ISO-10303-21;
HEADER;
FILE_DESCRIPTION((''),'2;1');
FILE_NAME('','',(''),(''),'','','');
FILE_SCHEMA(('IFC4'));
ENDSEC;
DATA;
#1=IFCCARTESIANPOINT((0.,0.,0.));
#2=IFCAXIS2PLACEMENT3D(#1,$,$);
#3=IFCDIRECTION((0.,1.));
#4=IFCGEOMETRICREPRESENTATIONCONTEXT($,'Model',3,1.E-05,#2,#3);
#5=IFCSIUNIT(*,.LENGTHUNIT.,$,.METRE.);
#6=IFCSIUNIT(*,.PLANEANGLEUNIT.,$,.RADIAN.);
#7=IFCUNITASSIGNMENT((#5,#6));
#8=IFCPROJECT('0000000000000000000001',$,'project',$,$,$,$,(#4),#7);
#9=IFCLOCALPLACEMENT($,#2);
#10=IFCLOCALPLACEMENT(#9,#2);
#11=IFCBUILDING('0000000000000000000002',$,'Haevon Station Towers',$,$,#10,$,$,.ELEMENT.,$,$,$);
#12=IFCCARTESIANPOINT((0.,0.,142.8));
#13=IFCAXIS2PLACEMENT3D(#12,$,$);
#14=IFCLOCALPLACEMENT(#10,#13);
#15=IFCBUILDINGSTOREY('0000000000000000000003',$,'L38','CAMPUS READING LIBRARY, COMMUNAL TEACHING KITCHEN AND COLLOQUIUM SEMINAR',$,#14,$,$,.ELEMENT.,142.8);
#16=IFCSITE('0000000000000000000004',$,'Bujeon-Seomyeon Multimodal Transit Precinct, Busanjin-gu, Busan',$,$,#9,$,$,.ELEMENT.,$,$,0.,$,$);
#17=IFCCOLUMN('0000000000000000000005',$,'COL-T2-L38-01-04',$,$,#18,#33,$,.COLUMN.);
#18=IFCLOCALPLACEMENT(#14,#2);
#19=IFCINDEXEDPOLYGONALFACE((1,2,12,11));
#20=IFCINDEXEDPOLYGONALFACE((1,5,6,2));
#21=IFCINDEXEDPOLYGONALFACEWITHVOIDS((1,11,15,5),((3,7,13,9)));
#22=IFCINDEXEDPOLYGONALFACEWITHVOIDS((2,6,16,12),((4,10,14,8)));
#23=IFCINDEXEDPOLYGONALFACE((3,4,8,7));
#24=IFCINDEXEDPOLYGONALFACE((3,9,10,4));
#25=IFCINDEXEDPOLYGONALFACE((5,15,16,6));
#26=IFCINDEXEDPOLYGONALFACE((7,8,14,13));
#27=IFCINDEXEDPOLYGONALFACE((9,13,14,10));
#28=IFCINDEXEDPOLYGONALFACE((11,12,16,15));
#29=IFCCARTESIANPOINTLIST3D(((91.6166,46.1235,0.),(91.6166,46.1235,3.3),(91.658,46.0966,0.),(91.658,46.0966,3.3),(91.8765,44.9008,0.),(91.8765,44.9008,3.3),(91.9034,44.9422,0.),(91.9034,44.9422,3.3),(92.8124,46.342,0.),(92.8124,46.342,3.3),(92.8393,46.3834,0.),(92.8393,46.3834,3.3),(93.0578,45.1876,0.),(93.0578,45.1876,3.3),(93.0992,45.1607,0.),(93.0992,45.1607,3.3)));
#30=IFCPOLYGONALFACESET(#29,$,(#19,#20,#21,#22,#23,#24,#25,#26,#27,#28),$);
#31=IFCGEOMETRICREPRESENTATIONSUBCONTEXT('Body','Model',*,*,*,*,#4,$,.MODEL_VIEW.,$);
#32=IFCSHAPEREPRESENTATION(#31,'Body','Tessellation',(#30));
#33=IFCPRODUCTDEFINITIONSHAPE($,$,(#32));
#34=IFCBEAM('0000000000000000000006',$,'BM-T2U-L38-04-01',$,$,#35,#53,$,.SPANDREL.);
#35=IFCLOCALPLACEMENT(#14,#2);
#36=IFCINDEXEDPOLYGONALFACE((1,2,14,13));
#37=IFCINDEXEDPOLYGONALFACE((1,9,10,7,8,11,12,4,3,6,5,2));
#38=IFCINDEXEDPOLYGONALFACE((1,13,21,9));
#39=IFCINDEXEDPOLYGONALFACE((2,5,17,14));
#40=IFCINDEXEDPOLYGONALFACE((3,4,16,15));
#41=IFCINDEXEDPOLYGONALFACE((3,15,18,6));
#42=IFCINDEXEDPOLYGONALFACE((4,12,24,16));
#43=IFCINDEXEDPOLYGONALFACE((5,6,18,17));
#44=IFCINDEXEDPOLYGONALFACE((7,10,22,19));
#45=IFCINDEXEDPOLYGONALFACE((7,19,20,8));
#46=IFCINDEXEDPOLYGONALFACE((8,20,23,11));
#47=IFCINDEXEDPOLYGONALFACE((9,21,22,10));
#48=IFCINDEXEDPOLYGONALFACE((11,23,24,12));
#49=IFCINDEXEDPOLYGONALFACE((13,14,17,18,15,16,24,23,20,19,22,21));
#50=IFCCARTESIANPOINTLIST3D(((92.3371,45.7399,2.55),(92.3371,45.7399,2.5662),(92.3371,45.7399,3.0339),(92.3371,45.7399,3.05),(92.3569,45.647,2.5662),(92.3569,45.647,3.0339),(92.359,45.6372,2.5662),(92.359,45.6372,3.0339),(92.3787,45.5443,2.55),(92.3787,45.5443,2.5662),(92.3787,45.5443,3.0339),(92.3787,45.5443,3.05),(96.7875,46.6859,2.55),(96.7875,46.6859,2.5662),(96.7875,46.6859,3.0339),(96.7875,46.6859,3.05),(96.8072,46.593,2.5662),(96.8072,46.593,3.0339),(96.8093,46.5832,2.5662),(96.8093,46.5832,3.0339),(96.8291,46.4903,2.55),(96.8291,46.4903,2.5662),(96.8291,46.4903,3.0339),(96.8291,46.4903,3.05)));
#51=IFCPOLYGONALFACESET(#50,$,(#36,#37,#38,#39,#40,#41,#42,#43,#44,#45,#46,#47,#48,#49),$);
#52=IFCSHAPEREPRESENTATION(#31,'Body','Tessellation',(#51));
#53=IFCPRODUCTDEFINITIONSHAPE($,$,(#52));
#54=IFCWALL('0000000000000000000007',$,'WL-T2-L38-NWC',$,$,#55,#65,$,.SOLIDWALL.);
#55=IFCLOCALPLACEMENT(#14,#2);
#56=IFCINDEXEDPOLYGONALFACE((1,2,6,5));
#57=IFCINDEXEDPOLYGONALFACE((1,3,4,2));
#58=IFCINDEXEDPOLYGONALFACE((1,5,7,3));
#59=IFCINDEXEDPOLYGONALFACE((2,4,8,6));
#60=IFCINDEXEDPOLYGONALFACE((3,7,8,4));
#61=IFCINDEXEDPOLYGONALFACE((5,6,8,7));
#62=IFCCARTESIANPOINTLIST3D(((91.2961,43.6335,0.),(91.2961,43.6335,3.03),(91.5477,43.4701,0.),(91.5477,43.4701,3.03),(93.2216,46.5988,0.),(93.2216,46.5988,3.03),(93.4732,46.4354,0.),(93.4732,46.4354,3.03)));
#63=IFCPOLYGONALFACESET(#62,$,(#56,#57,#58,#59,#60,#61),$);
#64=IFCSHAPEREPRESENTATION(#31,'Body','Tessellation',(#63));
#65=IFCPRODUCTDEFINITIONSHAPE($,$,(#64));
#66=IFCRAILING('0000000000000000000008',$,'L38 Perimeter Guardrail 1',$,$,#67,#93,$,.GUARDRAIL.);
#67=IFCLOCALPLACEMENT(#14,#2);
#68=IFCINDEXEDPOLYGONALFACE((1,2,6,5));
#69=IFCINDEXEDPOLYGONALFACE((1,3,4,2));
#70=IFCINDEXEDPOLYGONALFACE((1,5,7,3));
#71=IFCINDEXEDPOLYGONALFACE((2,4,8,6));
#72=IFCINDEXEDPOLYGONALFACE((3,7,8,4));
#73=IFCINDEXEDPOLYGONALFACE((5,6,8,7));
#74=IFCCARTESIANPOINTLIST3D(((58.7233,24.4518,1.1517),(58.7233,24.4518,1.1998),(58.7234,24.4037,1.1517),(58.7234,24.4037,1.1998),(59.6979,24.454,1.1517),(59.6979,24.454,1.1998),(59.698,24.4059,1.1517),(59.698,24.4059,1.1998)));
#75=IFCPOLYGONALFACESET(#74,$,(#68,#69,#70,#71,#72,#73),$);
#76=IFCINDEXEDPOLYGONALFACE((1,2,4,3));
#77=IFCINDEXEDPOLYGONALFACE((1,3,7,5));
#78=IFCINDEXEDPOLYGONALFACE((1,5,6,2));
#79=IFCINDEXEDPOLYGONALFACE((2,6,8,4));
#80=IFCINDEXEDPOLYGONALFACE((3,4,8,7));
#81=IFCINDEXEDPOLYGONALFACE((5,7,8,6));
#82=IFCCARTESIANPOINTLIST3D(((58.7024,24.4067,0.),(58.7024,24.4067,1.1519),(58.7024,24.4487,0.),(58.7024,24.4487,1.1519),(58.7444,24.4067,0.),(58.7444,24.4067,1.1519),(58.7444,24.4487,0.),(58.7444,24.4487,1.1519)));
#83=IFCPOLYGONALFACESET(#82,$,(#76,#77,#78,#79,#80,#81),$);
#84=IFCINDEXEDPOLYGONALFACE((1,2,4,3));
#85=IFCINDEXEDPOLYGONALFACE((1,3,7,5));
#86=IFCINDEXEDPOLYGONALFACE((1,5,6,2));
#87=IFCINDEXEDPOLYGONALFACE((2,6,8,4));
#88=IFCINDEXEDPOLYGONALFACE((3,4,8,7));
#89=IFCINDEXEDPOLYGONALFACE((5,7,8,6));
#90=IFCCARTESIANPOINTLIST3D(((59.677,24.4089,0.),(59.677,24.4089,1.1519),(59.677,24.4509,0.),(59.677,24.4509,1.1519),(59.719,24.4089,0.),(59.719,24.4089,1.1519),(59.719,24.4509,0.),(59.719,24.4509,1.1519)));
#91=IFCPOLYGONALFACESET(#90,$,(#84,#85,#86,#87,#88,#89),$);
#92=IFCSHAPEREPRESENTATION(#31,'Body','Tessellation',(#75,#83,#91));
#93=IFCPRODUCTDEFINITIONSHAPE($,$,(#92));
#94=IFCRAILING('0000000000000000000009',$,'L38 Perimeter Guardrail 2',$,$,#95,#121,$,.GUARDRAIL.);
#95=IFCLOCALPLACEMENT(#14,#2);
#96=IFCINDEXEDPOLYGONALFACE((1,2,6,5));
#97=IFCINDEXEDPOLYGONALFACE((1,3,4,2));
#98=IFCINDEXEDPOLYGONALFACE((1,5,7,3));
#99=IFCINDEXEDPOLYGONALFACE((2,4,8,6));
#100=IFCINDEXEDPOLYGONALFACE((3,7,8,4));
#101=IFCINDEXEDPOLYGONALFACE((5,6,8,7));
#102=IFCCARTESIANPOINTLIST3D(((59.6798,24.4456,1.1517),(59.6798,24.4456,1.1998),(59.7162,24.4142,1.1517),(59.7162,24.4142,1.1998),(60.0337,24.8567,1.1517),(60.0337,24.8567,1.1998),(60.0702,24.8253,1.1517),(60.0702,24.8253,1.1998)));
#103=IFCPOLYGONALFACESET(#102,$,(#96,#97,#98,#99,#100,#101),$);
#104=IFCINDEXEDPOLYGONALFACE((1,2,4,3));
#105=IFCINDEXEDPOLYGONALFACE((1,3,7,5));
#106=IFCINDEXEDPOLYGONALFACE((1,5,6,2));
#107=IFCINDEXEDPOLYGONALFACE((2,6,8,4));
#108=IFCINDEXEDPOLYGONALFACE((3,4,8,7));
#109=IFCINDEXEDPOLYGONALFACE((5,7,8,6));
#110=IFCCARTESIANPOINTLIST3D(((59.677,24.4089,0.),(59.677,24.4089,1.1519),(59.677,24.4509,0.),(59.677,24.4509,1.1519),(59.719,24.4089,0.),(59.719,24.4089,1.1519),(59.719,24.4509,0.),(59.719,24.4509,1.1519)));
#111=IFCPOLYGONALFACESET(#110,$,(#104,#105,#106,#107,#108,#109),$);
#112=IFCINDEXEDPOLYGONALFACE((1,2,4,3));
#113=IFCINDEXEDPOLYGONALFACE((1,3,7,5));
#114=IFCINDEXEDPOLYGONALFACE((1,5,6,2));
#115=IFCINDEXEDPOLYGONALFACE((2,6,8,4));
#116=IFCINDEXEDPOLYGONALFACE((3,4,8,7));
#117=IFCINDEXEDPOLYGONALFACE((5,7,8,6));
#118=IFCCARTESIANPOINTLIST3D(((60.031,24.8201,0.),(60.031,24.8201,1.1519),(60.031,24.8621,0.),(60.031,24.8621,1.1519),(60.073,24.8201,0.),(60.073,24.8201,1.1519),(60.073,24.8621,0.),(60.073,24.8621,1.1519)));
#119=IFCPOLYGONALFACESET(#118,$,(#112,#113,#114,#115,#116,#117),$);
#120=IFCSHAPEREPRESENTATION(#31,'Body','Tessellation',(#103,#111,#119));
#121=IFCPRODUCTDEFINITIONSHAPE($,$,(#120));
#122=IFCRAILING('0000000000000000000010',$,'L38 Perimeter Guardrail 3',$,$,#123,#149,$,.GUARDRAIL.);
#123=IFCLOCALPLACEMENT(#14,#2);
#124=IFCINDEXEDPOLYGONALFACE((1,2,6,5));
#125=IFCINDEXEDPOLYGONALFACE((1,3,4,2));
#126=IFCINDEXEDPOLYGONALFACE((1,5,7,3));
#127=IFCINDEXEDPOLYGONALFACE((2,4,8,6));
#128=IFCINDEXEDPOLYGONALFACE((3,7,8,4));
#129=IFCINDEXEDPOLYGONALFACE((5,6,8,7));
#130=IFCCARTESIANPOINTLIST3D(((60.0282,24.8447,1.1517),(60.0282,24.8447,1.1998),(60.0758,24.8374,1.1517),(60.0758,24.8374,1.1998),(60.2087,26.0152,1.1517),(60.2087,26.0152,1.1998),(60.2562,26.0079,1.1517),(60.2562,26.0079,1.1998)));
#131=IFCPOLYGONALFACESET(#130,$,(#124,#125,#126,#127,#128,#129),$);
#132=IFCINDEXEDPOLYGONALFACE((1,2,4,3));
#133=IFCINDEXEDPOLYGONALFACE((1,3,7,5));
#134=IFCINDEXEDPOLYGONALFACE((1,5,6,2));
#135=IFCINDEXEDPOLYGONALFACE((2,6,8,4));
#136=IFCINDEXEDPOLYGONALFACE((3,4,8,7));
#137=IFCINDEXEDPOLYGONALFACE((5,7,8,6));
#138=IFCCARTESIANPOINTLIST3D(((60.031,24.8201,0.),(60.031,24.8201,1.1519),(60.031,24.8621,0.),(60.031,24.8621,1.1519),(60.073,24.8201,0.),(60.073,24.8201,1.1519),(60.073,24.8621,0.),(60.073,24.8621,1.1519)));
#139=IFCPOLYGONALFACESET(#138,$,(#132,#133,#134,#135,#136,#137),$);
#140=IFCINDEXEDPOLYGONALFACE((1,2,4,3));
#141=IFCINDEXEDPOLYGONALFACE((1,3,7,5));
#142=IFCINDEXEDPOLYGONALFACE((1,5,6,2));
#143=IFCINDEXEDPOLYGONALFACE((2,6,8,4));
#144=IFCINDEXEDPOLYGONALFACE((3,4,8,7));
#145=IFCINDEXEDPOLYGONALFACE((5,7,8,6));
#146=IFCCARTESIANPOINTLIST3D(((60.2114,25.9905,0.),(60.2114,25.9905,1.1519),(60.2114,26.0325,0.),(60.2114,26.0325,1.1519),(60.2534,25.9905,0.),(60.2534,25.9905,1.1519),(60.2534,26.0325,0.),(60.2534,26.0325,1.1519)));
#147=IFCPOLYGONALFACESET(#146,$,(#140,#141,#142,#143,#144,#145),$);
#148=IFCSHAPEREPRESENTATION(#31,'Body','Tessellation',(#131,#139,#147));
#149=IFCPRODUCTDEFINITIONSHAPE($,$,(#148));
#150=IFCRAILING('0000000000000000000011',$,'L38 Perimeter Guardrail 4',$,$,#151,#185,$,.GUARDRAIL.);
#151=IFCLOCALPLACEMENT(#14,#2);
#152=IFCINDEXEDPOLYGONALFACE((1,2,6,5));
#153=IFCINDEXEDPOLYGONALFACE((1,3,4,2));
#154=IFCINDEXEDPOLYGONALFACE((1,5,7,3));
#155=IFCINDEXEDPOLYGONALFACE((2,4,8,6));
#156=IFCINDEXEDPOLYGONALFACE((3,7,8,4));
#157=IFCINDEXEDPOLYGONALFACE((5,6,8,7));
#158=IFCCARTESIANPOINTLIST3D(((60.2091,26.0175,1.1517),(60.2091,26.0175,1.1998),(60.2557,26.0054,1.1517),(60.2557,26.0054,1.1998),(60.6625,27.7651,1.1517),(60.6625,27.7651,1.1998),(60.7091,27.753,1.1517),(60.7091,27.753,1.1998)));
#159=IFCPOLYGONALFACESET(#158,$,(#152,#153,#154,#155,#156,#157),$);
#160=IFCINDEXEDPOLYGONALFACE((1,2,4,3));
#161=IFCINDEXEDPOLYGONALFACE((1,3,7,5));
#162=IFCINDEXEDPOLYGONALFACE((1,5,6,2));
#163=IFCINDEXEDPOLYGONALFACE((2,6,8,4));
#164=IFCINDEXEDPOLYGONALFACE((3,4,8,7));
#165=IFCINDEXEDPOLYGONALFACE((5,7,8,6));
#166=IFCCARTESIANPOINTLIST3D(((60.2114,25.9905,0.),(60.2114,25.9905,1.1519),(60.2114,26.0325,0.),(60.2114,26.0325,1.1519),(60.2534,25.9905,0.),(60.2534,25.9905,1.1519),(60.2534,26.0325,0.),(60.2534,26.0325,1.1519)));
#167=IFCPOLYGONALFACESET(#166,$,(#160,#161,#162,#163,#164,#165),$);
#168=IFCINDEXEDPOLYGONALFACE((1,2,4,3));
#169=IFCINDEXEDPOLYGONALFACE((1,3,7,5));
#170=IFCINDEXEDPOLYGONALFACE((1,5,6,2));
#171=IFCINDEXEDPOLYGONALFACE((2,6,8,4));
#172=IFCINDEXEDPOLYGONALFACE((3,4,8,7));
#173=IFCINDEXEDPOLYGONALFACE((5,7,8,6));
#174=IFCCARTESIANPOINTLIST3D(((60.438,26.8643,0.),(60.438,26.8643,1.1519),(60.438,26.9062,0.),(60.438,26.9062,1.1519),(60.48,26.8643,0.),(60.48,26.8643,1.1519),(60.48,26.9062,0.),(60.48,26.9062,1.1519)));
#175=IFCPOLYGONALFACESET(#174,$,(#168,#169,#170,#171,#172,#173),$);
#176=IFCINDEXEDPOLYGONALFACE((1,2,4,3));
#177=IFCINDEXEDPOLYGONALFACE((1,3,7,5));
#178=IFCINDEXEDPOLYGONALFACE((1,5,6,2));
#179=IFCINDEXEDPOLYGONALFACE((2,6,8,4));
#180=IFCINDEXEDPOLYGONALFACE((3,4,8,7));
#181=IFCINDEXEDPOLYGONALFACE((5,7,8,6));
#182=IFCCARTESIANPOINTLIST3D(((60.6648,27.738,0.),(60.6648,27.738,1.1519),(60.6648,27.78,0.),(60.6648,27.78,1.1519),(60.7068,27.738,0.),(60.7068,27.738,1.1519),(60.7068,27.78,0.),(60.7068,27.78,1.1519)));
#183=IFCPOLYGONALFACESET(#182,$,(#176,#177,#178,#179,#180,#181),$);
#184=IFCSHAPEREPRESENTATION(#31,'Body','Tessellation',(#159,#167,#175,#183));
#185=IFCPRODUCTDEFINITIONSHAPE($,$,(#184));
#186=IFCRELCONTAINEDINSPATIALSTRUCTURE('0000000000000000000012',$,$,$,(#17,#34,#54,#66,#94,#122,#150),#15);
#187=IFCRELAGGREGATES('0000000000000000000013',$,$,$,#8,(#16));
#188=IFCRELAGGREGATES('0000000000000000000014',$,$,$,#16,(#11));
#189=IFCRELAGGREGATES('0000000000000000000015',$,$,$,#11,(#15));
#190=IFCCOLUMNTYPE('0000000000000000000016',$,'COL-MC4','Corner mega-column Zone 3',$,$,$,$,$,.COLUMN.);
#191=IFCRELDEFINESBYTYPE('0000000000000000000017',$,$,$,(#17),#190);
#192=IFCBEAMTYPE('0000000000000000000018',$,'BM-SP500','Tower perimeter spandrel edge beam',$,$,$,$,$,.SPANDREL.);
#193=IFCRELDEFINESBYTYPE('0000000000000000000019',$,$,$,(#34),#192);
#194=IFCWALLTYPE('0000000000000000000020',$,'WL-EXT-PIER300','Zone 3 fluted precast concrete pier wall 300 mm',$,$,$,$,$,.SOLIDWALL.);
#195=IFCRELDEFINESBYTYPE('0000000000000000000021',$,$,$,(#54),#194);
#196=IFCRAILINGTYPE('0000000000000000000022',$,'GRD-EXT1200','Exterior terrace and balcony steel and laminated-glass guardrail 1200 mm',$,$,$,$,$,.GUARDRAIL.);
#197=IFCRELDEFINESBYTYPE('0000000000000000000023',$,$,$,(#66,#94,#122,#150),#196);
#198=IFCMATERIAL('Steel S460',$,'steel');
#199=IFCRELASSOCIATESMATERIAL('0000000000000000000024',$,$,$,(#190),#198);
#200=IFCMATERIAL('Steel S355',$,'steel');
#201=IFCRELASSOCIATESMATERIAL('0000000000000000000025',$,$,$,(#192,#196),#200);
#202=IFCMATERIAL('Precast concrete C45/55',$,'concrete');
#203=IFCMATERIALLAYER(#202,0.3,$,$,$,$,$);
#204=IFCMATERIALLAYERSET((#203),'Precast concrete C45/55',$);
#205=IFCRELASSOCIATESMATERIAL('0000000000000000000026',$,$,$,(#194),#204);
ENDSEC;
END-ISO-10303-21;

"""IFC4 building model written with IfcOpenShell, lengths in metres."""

from ifc_helpers import new_model, si_unit, direction, frame, frame_2d, origin, origin_2d, place, context, subcontext, project, spatial, rectangle, hollow_rectangle, i_section, extrude, material, layer, layer_set, material_profile, profile_set, type_object, element, save


model = new_model("IFC4")

# Units and contexts
model_context = context("Model", 3, precision=1e-05, world=origin(), true_north=direction((0.0, 1.0)))
body_context = subcontext(model_context, "Body", "Model", "MODEL_VIEW")
ifc_project = project(units=[si_unit("LENGTHUNIT", "METRE"), si_unit("PLANEANGLEUNIT", "RADIAN")], contexts=[model_context])

# Site, building, storey
site_placement = place(None, origin())
site = spatial("IfcSite", under=ifc_project, at=site_placement, Name="Bujeon-Seomyeon Multimodal Transit Precinct, Busanjin-gu, Busan", CompositionType="ELEMENT", RefElevation=0.0)
building_placement = place(site_placement, origin())
building = spatial("IfcBuilding", under=site, at=building_placement, Name="Haevon Station Towers", CompositionType="ELEMENT")
storey_placement = place(building_placement, frame((0.0, 0.0, 142.8)))
storey = spatial("IfcBuildingStorey", under=building, at=storey_placement, Name="L38", Description="CAMPUS READING LIBRARY, COMMUNAL TEACHING KITCHEN AND COLLOQUIUM SEMINAR", CompositionType="ELEMENT", Elevation=142.8)

# Column
ifc_material_1 = material(Name="Steel S460", Category="steel")
ifc_material_profile_1 = material_profile(ifc_material_1, hollow_rectangle(XDim=1.25, YDim=1.25, WallThickness=0.0349, at=origin_2d()), Name="BOX-1250x1250x35")
ifc_profile_set_1 = profile_set([ifc_material_profile_1], Name="Steel S460")
column_type = type_object("IfcColumnType", Name="COL-MC4", Description="Corner mega-column Zone 3", PredefinedType="COLUMN", material=ifc_profile_set_1)
column_placement = place(storey_placement, frame((92.3579, 45.6421, 0.0), z_axis=(0.0, 0.0, 1.0), x_axis=(0.978148, 0.207912, 0.0)))
element("IfcColumn", 1, at=column_placement, inside=storey, type_object=column_type, Name="COL-T2-L38-01-04", PredefinedType="COLUMN", context=body_context, shape_type="SweptSolid", body=[
    extrude(hollow_rectangle(XDim=1.25, YDim=1.25, WallThickness=0.0349, at=origin_2d()), origin(), (0.0, 0.0, 1.0), 3.3),
])

# Beam
ifc_material_2 = material(Name="Steel S355", Category="steel")
ifc_material_profile_2 = material_profile(ifc_material_2, i_section(OverallWidth=0.2, OverallDepth=0.5, WebThickness=0.01, FlangeThickness=0.0161, at=origin_2d()), Name="H-500x200x10x16")
ifc_profile_set_2 = profile_set([ifc_material_profile_2], Name="Steel S355")
beam_type = type_object("IfcBeamType", Name="BM-SP500", Description="Tower perimeter spandrel edge beam", PredefinedType="SPANDREL", material=ifc_profile_set_2)
beam_placement = place(storey_placement, frame((92.3579, 45.6421, 2.8), z_axis=(0.978144, 0.207927, 0.0), x_axis=(-0.207927, 0.978144, 0.0)))
element("IfcBeam", 2, at=beam_placement, inside=storey, type_object=beam_type, Name="BM-T2U-L38-04-01", PredefinedType="SPANDREL", context=body_context, shape_type="SweptSolid", body=[
    extrude(i_section(OverallWidth=0.2, OverallDepth=0.5, WebThickness=0.01, FlangeThickness=0.0161, at=origin_2d()), origin(), (0.0, 0.0, 1.0), 4.5498),
])

# Wall
ifc_material_3 = material(Name="Precast concrete C45/55", Category="concrete")
ifc_layer_1 = layer(ifc_material_3, 0.3)
ifc_layer_set_1 = layer_set([ifc_layer_1], Name="Precast concrete C45/55")
wall_type = type_object("IfcWallType", Name="WL-EXT-PIER300", Description="Zone 3 fluted precast concrete pier wall 300 mm", PredefinedType="SOLIDWALL", material=ifc_layer_set_1)
wall_placement = place(storey_placement, frame((91.4219, 43.5518, 0.0), z_axis=(0.0, 0.0, 1.0), x_axis=(0.544605, 0.838693, 0.0)))
element("IfcWall", 3, at=wall_placement, inside=storey, type_object=wall_type, Name="WL-T2-L38-NWC", PredefinedType="SOLIDWALL", context=body_context, shape_type="SweptSolid", body=[
    extrude(rectangle(XDim=3.5356, YDim=0.3, at=frame_2d((1.7678, 0.0))), origin(), (0.0, 0.0, 1.0), 3.03),
])

# Railings
railing_type = type_object("IfcRailingType", Name="GRD-EXT1200", Description="Exterior terrace and balcony steel and laminated-glass guardrail 1200 mm", PredefinedType="GUARDRAIL", material=ifc_material_2)
railing_1_placement = place(storey_placement, frame((58.7234, 24.4277, 0.0)))
element("IfcRailing", 4, at=railing_1_placement, inside=storey, type_object=railing_type, Name="L38 Perimeter Guardrail 1", PredefinedType="GUARDRAIL", context=body_context, shape_type="SweptSolid", body=[
    extrude(rectangle(XDim=0.0481, YDim=0.0481, at=origin_2d()), frame((0.0, 0.0, 1.1758), z_axis=(0.999997, 0.002255, 0.0), x_axis=(-0.002255, 0.999997, 0.0)), (0.0, 0.0, 1.0), 0.9746),
    extrude(rectangle(XDim=0.042, YDim=0.042, at=origin_2d()), origin(), (0.0, 0.0, 1.0), 1.1519),
    extrude(rectangle(XDim=0.042, YDim=0.042, at=origin_2d()), frame((0.9746, 0.0022, 0.0)), (0.0, 0.0, 1.0), 1.1519),
])
railing_2_placement = place(storey_placement, frame((59.698, 24.4299, 0.0)))
element("IfcRailing", 5, at=railing_2_placement, inside=storey, type_object=railing_type, Name="L38 Perimeter Guardrail 2", PredefinedType="GUARDRAIL", context=body_context, shape_type="SweptSolid", body=[
    extrude(rectangle(XDim=0.0481, YDim=0.0481, at=origin_2d()), frame((0.0, 0.0, 1.1758), z_axis=(0.652494, 0.757794, 0.0), x_axis=(-0.757794, 0.652494, 0.0)), (0.0, 0.0, 1.0), 0.5425),
    extrude(rectangle(XDim=0.042, YDim=0.042, at=origin_2d()), origin(), (0.0, 0.0, 1.0), 1.1519),
    extrude(rectangle(XDim=0.042, YDim=0.042, at=origin_2d()), frame((0.354, 0.4111, 0.0)), (0.0, 0.0, 1.0), 1.1519),
])
railing_3_placement = place(storey_placement, frame((60.052, 24.8411, 0.0)))
element("IfcRailing", 6, at=railing_3_placement, inside=storey, type_object=railing_type, Name="L38 Perimeter Guardrail 3", PredefinedType="GUARDRAIL", context=body_context, shape_type="SweptSolid", body=[
    extrude(rectangle(XDim=0.0481, YDim=0.0481, at=origin_2d()), frame((0.0, 0.0, 1.1758), z_axis=(0.152352, 0.988326, 0.0), x_axis=(-0.988326, 0.152352, 0.0)), (0.0, 0.0, 1.0), 1.1843),
    extrude(rectangle(XDim=0.042, YDim=0.042, at=origin_2d()), origin(), (0.0, 0.0, 1.0), 1.1519),
    extrude(rectangle(XDim=0.042, YDim=0.042, at=origin_2d()), frame((0.1804, 1.1704, 0.0)), (0.0, 0.0, 1.0), 1.1519),
])
railing_4_placement = place(storey_placement, frame((60.2324, 26.0115, 0.0)))
element("IfcRailing", 7, at=railing_4_placement, inside=storey, type_object=railing_type, Name="L38 Perimeter Guardrail 4", PredefinedType="GUARDRAIL", context=body_context, shape_type="SweptSolid", body=[
    extrude(rectangle(XDim=0.0481, YDim=0.0481, at=origin_2d()), frame((0.0, 0.0, 1.1758), z_axis=(0.251117, 0.967957, 0.0), x_axis=(-0.967957, 0.251117, 0.0)), (0.0, 0.0, 1.0), 1.8054),
    extrude(rectangle(XDim=0.042, YDim=0.042, at=origin_2d()), origin(), (0.0, 0.0, 1.0), 1.1519),
    extrude(rectangle(XDim=0.042, YDim=0.042, at=origin_2d()), frame((0.2266, 0.8738, 0.0)), (0.0, 0.0, 1.0), 1.1519),
    extrude(rectangle(XDim=0.042, YDim=0.042, at=origin_2d()), frame((0.4534, 1.7476, 0.0)), (0.0, 0.0, 1.0), 1.1519),
])

save(model, "model.ifc")
